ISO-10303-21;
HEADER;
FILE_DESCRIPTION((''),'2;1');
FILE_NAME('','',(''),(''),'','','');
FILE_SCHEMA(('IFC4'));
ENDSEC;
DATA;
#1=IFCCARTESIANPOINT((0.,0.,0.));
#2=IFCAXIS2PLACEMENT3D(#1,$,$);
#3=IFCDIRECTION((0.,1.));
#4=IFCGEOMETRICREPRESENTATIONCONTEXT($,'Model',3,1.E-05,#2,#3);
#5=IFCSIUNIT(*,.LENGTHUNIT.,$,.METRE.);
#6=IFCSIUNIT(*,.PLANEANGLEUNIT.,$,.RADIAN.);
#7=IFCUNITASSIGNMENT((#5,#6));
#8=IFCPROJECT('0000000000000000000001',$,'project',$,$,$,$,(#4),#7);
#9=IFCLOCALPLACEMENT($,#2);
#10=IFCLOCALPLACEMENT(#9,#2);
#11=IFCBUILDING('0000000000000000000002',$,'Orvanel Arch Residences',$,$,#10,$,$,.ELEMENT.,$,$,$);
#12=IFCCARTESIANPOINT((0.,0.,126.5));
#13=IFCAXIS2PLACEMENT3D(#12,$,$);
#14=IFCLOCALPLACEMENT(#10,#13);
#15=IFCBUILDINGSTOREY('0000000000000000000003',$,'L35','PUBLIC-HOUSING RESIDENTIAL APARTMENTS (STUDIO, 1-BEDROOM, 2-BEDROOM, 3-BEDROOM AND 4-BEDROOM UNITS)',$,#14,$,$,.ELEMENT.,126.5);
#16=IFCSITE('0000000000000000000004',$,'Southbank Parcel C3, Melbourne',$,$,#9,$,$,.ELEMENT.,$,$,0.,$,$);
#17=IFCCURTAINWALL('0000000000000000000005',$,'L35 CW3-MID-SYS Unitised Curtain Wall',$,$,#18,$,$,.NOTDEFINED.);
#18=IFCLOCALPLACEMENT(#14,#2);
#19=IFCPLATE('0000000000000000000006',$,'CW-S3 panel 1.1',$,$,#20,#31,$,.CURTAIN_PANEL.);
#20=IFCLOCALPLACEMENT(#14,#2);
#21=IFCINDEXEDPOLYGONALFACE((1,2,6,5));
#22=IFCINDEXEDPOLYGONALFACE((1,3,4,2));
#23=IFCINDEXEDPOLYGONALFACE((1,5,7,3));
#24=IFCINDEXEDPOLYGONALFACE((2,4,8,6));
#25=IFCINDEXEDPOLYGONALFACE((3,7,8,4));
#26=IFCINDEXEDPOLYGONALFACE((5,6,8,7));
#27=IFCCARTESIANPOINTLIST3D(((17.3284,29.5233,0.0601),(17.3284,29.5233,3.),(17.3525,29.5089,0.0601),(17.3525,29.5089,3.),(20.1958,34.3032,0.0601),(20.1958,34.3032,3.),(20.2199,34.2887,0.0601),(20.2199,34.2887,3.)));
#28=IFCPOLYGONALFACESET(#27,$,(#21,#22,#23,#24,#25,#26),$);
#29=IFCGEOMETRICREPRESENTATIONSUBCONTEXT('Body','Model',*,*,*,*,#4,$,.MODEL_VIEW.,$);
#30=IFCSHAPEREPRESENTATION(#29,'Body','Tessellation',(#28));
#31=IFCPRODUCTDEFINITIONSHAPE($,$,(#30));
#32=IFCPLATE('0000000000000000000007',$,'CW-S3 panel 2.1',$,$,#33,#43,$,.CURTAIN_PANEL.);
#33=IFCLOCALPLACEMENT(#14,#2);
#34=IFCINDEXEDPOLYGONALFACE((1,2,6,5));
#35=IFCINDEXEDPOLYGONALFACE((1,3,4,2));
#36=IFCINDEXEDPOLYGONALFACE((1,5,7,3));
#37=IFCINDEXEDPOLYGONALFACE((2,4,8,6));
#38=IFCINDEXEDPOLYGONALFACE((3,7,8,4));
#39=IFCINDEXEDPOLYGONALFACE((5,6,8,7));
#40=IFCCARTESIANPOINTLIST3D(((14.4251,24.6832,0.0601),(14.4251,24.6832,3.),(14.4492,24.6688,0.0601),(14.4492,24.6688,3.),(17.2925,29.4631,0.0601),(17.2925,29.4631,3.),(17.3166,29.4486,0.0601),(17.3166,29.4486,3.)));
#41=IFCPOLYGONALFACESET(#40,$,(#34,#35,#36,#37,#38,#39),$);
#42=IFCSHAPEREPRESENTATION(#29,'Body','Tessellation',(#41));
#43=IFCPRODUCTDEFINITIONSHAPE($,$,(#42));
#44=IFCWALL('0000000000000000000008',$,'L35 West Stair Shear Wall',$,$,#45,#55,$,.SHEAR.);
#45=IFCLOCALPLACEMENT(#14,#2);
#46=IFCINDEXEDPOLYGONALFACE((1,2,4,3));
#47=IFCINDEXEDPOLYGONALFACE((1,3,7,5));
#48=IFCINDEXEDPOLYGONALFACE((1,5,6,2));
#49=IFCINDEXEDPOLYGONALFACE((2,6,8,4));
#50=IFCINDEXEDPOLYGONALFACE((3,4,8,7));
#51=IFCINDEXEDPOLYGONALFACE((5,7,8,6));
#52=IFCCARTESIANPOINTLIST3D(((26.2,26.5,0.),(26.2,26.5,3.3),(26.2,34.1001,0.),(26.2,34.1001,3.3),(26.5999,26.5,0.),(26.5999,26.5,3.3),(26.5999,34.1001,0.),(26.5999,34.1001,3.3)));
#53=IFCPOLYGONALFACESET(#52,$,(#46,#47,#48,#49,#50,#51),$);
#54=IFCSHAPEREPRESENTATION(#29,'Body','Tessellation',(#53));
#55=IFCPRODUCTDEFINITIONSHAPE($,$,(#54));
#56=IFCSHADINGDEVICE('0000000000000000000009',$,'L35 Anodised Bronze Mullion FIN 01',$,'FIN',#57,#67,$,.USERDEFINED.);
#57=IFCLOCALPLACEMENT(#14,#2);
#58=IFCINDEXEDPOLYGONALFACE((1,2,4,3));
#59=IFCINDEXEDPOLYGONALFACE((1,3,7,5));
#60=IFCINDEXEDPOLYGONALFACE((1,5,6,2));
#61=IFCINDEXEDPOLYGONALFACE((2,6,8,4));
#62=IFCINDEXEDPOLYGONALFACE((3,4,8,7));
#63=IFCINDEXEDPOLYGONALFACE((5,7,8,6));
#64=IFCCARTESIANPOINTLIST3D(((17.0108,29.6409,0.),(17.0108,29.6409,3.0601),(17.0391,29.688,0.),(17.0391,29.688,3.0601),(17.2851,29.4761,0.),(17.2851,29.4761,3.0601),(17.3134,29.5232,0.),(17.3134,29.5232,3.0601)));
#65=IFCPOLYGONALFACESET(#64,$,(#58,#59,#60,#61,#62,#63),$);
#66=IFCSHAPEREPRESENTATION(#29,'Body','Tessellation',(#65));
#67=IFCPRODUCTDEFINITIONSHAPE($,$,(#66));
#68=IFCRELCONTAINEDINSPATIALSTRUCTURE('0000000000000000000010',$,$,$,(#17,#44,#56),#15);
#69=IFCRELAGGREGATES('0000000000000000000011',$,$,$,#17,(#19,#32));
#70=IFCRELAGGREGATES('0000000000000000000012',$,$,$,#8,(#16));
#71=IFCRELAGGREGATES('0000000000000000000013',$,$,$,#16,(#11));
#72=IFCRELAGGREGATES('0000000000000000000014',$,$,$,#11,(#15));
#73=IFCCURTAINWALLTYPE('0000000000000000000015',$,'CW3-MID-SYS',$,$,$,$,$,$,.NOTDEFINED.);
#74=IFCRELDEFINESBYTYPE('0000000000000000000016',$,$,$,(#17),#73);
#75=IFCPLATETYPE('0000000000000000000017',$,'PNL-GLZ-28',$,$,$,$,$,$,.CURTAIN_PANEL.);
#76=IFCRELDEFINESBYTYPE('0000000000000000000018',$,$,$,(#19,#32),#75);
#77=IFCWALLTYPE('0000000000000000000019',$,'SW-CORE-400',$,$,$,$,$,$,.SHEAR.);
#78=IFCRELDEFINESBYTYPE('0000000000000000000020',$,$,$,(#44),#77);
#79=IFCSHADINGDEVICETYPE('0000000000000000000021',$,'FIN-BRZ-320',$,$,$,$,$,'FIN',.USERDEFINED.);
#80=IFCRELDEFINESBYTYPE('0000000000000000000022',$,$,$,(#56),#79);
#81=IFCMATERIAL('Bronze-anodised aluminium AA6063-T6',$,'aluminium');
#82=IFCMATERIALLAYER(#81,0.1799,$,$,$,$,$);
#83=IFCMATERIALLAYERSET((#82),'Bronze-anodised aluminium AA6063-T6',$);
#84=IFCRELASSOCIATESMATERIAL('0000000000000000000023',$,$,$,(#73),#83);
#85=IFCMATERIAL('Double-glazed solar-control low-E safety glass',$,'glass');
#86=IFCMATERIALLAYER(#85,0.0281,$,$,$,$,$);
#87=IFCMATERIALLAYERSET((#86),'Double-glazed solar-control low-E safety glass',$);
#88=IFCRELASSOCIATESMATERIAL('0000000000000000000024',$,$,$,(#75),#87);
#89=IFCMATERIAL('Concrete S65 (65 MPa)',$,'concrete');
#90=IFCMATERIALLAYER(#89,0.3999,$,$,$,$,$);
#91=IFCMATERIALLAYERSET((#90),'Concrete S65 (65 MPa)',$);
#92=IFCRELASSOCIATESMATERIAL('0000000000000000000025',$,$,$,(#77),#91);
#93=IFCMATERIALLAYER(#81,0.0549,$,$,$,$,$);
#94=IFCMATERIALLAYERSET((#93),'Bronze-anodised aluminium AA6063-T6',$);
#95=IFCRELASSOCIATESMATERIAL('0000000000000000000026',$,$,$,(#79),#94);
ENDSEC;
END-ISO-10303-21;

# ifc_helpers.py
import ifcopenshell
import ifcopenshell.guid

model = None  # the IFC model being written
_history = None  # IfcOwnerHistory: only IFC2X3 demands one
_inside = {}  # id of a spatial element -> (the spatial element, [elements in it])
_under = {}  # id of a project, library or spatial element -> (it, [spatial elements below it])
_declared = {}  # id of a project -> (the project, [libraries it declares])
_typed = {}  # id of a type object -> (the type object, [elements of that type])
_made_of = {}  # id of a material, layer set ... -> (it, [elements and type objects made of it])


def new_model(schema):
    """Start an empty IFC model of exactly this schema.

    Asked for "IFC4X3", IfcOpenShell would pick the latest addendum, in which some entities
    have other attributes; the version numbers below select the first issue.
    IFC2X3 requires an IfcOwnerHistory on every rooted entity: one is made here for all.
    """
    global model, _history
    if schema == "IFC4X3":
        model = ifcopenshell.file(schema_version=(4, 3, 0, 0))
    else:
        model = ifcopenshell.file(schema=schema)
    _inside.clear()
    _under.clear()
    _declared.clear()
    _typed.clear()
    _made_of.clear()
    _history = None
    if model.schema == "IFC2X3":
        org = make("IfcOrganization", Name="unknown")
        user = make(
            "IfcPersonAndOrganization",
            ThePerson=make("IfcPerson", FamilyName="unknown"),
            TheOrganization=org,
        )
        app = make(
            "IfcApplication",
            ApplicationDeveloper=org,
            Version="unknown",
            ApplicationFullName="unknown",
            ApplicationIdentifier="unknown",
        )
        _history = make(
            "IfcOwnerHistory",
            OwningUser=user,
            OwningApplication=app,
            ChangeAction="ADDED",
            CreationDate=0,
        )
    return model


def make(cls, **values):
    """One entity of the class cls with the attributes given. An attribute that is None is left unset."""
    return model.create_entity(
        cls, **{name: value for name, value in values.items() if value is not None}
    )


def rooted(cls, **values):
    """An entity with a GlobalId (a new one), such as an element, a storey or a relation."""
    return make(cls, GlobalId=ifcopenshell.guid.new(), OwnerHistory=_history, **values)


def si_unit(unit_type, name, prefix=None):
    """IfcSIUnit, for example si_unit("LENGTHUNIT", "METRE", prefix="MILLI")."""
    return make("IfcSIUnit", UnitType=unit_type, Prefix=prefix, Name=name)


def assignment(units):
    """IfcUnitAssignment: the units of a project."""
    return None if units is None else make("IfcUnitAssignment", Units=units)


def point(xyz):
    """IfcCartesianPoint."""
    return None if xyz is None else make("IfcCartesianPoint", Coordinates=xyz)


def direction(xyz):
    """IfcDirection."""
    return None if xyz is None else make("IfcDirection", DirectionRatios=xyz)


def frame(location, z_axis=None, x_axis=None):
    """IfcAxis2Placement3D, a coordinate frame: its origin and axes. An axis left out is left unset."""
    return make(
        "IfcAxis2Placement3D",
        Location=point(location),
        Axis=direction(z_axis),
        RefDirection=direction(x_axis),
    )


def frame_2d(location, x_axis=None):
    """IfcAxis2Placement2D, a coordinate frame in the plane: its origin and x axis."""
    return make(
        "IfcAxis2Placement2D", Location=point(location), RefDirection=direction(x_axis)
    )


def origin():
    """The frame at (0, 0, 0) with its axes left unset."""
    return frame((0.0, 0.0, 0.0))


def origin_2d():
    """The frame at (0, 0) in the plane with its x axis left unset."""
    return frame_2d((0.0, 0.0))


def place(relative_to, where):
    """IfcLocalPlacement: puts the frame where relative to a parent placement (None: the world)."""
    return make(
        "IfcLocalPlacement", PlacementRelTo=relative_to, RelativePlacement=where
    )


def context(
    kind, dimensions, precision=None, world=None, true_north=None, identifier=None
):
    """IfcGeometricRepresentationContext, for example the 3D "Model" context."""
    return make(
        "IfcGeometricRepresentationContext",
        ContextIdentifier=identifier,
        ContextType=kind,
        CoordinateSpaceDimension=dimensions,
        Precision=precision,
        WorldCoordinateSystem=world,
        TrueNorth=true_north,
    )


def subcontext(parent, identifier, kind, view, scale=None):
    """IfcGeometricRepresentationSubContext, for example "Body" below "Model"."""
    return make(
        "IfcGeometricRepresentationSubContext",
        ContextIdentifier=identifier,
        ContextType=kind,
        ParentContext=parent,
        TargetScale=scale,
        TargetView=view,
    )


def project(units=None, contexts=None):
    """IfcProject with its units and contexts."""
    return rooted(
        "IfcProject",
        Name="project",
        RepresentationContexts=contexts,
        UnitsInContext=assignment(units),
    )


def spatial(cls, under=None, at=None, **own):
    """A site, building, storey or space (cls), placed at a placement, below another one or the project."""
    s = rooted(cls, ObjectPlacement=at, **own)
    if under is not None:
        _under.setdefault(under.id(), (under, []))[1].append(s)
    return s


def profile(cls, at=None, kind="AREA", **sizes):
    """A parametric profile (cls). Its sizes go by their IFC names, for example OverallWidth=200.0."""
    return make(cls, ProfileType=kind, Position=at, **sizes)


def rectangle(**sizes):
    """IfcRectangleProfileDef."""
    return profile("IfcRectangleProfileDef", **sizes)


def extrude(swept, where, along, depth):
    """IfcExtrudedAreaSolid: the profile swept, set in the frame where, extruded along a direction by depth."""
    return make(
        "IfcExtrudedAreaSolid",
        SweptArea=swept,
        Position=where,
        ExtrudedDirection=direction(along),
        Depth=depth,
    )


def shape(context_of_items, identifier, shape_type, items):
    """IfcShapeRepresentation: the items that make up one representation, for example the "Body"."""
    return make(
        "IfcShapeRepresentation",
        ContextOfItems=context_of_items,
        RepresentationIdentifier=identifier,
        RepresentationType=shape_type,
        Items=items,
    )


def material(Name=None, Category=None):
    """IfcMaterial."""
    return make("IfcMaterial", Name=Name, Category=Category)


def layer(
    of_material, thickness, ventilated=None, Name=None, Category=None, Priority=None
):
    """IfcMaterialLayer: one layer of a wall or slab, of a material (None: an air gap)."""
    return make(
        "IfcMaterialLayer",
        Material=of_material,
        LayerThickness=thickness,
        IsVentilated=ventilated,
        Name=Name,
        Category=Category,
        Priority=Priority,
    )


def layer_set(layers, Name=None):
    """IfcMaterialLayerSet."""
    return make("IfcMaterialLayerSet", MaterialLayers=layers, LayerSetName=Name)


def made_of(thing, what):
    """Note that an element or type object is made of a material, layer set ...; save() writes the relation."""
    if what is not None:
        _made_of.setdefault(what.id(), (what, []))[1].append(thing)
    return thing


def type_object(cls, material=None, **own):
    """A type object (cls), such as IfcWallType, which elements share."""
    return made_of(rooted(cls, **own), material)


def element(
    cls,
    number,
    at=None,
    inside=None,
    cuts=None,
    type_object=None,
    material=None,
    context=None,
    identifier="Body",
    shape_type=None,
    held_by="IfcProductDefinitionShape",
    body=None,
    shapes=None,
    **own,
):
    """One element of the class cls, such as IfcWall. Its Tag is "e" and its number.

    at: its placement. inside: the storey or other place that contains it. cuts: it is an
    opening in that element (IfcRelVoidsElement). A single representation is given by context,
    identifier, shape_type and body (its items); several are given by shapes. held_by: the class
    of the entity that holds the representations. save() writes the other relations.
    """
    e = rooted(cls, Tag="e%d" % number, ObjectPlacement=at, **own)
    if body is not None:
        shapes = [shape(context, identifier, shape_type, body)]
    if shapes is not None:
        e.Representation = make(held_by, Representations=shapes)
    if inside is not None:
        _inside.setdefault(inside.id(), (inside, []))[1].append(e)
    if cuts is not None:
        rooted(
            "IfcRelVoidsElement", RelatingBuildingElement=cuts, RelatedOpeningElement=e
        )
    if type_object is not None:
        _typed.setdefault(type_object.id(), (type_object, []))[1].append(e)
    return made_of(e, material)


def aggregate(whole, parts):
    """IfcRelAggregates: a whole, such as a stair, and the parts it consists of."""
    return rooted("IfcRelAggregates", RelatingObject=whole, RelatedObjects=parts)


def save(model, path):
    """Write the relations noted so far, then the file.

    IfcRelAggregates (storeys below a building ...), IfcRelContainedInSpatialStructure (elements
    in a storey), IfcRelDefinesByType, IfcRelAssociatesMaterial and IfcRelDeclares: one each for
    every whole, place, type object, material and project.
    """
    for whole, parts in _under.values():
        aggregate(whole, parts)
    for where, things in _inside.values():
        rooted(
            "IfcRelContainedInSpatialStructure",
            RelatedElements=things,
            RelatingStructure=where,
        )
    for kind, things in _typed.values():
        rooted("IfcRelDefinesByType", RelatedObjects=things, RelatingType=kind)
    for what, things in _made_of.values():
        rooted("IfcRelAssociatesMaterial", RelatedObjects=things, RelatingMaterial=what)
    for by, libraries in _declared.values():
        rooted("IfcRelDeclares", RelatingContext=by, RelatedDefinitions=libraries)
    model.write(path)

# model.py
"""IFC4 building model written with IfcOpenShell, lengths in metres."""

from ifc_helpers import new_model, si_unit, direction, frame, frame_2d, origin, origin_2d, place, context, subcontext, project, spatial, rectangle, extrude, material, layer, layer_set, type_object, element, aggregate, save


model = new_model("IFC4")

# Units and contexts
model_context = context("Model", 3, precision=1e-05, world=origin(), true_north=direction((0.0, 1.0)))
body_context = subcontext(model_context, "Body", "Model", "MODEL_VIEW")
ifc_project = project(units=[si_unit("LENGTHUNIT", "METRE"), si_unit("PLANEANGLEUNIT", "RADIAN")], contexts=[model_context])

# Site, building, storey
site_placement = place(None, origin())
site = spatial("IfcSite", under=ifc_project, at=site_placement, Name="Southbank Parcel C3, Melbourne", CompositionType="ELEMENT", RefElevation=0.0)
building_placement = place(site_placement, origin())
building = spatial("IfcBuilding", under=site, at=building_placement, Name="Orvanel Arch Residences", CompositionType="ELEMENT")
storey_placement = place(building_placement, frame((0.0, 0.0, 126.5)))
storey = spatial("IfcBuildingStorey", under=building, at=storey_placement, Name="L35", Description="PUBLIC-HOUSING RESIDENTIAL APARTMENTS (STUDIO, 1-BEDROOM, 2-BEDROOM, 3-BEDROOM AND 4-BEDROOM UNITS)", CompositionType="ELEMENT", Elevation=126.5)

# Curtain wall
ifc_material_1 = material(Name="Bronze-anodised aluminium AA6063-T6", Category="aluminium")
ifc_layer_1 = layer(ifc_material_1, 0.1799)
ifc_layer_set_1 = layer_set([ifc_layer_1], Name="Bronze-anodised aluminium AA6063-T6")
curtain_wall_type = type_object("IfcCurtainWallType", Name="CW3-MID-SYS", PredefinedType="NOTDEFINED", material=ifc_layer_set_1)
curtain_wall_1_placement = place(storey_placement, origin())
curtain_wall_1 = element("IfcCurtainWall", 1, at=curtain_wall_1_placement, inside=storey, type_object=curtain_wall_type, Name="L35 CW3-MID-SYS Unitised Curtain Wall", PredefinedType="NOTDEFINED")

# Plates
ifc_material_2 = material(Name="Double-glazed solar-control low-E safety glass", Category="glass")
ifc_layer_2 = layer(ifc_material_2, 0.0281)
ifc_layer_set_2 = layer_set([ifc_layer_2], Name="Double-glazed solar-control low-E safety glass")
plate_type = type_object("IfcPlateType", Name="PNL-GLZ-28", PredefinedType="CURTAIN_PANEL", material=ifc_layer_set_2)
plate_1_placement = place(storey_placement, frame((18.7742, 31.906, 0.0601), z_axis=(0.0, 0.0, 1.0), x_axis=(-0.514431, -0.857532, 0.0)))
plate_1 = element("IfcPlate", 2, at=plate_1_placement, type_object=plate_type, Name="CW-S3 panel 1.1", PredefinedType="CURTAIN_PANEL", context=body_context, shape_type="SweptSolid", body=[
    extrude(rectangle(XDim=5.574, YDim=0.0281, at=origin_2d()), origin(), (0.0, 0.0, 1.0), 2.9399),
])
plate_2_placement = place(storey_placement, frame((15.8708, 27.0659, 0.0601), z_axis=(0.0, 0.0, 1.0), x_axis=(-0.514431, -0.857532, 0.0)))
plate_2 = element("IfcPlate", 3, at=plate_2_placement, type_object=plate_type, Name="CW-S3 panel 2.1", PredefinedType="CURTAIN_PANEL", context=body_context, shape_type="SweptSolid", body=[
    extrude(rectangle(XDim=5.574, YDim=0.0281, at=origin_2d()), origin(), (0.0, 0.0, 1.0), 2.9399),
])
aggregate(curtain_wall_1, [plate_1, plate_2])

# Shared definitions
ifc_material_3 = material(Name="Concrete S65 (65 MPa)", Category="concrete")
ifc_layer_3 = layer(ifc_material_3, 0.3999)
ifc_layer_set_3 = layer_set([ifc_layer_3], Name="Concrete S65 (65 MPa)")
wall_type = type_object("IfcWallType", Name="SW-CORE-400", PredefinedType="SHEAR", material=ifc_layer_set_3)

# Wall
wall_1_placement = place(storey_placement, frame((26.3999, 26.5, 0.0), z_axis=(0.0, 0.0, 1.0), x_axis=(0.0, 1.0, 0.0)))
element("IfcWall", 4, at=wall_1_placement, inside=storey, type_object=wall_type, Name="L35 West Stair Shear Wall", PredefinedType="SHEAR", context=body_context, shape_type="SweptSolid", body=[
    extrude(rectangle(XDim=7.6001, YDim=0.3999, at=frame_2d((3.8, 0.0))), origin(), (0.0, 0.0, 1.0), 3.3),
])

# Shading device
ifc_layer_4 = layer(ifc_material_1, 0.0549)
ifc_layer_set_4 = layer_set([ifc_layer_4], Name="Bronze-anodised aluminium AA6063-T6")
shading_device_type = type_object("IfcShadingDeviceType", Name="FIN-BRZ-320", ElementType="FIN", PredefinedType="USERDEFINED", material=ifc_layer_set_4)
shading_device_placement = place(storey_placement, frame((17.1621, 29.582, 0.0), z_axis=(0.0, 0.0, 1.0), x_axis=(-0.857167, 0.515038, 0.0)))
element("IfcShadingDevice", 5, at=shading_device_placement, inside=storey, type_object=shading_device_type, Name="L35 Anodised Bronze Mullion FIN 01", ObjectType="FIN", PredefinedType="USERDEFINED", context=body_context, shape_type="SweptSolid", body=[
    extrude(rectangle(XDim=0.3201, YDim=0.0549, at=origin_2d()), origin(), (0.0, 0.0, 1.0), 3.0601),
])

save(model, "model.ifc")
